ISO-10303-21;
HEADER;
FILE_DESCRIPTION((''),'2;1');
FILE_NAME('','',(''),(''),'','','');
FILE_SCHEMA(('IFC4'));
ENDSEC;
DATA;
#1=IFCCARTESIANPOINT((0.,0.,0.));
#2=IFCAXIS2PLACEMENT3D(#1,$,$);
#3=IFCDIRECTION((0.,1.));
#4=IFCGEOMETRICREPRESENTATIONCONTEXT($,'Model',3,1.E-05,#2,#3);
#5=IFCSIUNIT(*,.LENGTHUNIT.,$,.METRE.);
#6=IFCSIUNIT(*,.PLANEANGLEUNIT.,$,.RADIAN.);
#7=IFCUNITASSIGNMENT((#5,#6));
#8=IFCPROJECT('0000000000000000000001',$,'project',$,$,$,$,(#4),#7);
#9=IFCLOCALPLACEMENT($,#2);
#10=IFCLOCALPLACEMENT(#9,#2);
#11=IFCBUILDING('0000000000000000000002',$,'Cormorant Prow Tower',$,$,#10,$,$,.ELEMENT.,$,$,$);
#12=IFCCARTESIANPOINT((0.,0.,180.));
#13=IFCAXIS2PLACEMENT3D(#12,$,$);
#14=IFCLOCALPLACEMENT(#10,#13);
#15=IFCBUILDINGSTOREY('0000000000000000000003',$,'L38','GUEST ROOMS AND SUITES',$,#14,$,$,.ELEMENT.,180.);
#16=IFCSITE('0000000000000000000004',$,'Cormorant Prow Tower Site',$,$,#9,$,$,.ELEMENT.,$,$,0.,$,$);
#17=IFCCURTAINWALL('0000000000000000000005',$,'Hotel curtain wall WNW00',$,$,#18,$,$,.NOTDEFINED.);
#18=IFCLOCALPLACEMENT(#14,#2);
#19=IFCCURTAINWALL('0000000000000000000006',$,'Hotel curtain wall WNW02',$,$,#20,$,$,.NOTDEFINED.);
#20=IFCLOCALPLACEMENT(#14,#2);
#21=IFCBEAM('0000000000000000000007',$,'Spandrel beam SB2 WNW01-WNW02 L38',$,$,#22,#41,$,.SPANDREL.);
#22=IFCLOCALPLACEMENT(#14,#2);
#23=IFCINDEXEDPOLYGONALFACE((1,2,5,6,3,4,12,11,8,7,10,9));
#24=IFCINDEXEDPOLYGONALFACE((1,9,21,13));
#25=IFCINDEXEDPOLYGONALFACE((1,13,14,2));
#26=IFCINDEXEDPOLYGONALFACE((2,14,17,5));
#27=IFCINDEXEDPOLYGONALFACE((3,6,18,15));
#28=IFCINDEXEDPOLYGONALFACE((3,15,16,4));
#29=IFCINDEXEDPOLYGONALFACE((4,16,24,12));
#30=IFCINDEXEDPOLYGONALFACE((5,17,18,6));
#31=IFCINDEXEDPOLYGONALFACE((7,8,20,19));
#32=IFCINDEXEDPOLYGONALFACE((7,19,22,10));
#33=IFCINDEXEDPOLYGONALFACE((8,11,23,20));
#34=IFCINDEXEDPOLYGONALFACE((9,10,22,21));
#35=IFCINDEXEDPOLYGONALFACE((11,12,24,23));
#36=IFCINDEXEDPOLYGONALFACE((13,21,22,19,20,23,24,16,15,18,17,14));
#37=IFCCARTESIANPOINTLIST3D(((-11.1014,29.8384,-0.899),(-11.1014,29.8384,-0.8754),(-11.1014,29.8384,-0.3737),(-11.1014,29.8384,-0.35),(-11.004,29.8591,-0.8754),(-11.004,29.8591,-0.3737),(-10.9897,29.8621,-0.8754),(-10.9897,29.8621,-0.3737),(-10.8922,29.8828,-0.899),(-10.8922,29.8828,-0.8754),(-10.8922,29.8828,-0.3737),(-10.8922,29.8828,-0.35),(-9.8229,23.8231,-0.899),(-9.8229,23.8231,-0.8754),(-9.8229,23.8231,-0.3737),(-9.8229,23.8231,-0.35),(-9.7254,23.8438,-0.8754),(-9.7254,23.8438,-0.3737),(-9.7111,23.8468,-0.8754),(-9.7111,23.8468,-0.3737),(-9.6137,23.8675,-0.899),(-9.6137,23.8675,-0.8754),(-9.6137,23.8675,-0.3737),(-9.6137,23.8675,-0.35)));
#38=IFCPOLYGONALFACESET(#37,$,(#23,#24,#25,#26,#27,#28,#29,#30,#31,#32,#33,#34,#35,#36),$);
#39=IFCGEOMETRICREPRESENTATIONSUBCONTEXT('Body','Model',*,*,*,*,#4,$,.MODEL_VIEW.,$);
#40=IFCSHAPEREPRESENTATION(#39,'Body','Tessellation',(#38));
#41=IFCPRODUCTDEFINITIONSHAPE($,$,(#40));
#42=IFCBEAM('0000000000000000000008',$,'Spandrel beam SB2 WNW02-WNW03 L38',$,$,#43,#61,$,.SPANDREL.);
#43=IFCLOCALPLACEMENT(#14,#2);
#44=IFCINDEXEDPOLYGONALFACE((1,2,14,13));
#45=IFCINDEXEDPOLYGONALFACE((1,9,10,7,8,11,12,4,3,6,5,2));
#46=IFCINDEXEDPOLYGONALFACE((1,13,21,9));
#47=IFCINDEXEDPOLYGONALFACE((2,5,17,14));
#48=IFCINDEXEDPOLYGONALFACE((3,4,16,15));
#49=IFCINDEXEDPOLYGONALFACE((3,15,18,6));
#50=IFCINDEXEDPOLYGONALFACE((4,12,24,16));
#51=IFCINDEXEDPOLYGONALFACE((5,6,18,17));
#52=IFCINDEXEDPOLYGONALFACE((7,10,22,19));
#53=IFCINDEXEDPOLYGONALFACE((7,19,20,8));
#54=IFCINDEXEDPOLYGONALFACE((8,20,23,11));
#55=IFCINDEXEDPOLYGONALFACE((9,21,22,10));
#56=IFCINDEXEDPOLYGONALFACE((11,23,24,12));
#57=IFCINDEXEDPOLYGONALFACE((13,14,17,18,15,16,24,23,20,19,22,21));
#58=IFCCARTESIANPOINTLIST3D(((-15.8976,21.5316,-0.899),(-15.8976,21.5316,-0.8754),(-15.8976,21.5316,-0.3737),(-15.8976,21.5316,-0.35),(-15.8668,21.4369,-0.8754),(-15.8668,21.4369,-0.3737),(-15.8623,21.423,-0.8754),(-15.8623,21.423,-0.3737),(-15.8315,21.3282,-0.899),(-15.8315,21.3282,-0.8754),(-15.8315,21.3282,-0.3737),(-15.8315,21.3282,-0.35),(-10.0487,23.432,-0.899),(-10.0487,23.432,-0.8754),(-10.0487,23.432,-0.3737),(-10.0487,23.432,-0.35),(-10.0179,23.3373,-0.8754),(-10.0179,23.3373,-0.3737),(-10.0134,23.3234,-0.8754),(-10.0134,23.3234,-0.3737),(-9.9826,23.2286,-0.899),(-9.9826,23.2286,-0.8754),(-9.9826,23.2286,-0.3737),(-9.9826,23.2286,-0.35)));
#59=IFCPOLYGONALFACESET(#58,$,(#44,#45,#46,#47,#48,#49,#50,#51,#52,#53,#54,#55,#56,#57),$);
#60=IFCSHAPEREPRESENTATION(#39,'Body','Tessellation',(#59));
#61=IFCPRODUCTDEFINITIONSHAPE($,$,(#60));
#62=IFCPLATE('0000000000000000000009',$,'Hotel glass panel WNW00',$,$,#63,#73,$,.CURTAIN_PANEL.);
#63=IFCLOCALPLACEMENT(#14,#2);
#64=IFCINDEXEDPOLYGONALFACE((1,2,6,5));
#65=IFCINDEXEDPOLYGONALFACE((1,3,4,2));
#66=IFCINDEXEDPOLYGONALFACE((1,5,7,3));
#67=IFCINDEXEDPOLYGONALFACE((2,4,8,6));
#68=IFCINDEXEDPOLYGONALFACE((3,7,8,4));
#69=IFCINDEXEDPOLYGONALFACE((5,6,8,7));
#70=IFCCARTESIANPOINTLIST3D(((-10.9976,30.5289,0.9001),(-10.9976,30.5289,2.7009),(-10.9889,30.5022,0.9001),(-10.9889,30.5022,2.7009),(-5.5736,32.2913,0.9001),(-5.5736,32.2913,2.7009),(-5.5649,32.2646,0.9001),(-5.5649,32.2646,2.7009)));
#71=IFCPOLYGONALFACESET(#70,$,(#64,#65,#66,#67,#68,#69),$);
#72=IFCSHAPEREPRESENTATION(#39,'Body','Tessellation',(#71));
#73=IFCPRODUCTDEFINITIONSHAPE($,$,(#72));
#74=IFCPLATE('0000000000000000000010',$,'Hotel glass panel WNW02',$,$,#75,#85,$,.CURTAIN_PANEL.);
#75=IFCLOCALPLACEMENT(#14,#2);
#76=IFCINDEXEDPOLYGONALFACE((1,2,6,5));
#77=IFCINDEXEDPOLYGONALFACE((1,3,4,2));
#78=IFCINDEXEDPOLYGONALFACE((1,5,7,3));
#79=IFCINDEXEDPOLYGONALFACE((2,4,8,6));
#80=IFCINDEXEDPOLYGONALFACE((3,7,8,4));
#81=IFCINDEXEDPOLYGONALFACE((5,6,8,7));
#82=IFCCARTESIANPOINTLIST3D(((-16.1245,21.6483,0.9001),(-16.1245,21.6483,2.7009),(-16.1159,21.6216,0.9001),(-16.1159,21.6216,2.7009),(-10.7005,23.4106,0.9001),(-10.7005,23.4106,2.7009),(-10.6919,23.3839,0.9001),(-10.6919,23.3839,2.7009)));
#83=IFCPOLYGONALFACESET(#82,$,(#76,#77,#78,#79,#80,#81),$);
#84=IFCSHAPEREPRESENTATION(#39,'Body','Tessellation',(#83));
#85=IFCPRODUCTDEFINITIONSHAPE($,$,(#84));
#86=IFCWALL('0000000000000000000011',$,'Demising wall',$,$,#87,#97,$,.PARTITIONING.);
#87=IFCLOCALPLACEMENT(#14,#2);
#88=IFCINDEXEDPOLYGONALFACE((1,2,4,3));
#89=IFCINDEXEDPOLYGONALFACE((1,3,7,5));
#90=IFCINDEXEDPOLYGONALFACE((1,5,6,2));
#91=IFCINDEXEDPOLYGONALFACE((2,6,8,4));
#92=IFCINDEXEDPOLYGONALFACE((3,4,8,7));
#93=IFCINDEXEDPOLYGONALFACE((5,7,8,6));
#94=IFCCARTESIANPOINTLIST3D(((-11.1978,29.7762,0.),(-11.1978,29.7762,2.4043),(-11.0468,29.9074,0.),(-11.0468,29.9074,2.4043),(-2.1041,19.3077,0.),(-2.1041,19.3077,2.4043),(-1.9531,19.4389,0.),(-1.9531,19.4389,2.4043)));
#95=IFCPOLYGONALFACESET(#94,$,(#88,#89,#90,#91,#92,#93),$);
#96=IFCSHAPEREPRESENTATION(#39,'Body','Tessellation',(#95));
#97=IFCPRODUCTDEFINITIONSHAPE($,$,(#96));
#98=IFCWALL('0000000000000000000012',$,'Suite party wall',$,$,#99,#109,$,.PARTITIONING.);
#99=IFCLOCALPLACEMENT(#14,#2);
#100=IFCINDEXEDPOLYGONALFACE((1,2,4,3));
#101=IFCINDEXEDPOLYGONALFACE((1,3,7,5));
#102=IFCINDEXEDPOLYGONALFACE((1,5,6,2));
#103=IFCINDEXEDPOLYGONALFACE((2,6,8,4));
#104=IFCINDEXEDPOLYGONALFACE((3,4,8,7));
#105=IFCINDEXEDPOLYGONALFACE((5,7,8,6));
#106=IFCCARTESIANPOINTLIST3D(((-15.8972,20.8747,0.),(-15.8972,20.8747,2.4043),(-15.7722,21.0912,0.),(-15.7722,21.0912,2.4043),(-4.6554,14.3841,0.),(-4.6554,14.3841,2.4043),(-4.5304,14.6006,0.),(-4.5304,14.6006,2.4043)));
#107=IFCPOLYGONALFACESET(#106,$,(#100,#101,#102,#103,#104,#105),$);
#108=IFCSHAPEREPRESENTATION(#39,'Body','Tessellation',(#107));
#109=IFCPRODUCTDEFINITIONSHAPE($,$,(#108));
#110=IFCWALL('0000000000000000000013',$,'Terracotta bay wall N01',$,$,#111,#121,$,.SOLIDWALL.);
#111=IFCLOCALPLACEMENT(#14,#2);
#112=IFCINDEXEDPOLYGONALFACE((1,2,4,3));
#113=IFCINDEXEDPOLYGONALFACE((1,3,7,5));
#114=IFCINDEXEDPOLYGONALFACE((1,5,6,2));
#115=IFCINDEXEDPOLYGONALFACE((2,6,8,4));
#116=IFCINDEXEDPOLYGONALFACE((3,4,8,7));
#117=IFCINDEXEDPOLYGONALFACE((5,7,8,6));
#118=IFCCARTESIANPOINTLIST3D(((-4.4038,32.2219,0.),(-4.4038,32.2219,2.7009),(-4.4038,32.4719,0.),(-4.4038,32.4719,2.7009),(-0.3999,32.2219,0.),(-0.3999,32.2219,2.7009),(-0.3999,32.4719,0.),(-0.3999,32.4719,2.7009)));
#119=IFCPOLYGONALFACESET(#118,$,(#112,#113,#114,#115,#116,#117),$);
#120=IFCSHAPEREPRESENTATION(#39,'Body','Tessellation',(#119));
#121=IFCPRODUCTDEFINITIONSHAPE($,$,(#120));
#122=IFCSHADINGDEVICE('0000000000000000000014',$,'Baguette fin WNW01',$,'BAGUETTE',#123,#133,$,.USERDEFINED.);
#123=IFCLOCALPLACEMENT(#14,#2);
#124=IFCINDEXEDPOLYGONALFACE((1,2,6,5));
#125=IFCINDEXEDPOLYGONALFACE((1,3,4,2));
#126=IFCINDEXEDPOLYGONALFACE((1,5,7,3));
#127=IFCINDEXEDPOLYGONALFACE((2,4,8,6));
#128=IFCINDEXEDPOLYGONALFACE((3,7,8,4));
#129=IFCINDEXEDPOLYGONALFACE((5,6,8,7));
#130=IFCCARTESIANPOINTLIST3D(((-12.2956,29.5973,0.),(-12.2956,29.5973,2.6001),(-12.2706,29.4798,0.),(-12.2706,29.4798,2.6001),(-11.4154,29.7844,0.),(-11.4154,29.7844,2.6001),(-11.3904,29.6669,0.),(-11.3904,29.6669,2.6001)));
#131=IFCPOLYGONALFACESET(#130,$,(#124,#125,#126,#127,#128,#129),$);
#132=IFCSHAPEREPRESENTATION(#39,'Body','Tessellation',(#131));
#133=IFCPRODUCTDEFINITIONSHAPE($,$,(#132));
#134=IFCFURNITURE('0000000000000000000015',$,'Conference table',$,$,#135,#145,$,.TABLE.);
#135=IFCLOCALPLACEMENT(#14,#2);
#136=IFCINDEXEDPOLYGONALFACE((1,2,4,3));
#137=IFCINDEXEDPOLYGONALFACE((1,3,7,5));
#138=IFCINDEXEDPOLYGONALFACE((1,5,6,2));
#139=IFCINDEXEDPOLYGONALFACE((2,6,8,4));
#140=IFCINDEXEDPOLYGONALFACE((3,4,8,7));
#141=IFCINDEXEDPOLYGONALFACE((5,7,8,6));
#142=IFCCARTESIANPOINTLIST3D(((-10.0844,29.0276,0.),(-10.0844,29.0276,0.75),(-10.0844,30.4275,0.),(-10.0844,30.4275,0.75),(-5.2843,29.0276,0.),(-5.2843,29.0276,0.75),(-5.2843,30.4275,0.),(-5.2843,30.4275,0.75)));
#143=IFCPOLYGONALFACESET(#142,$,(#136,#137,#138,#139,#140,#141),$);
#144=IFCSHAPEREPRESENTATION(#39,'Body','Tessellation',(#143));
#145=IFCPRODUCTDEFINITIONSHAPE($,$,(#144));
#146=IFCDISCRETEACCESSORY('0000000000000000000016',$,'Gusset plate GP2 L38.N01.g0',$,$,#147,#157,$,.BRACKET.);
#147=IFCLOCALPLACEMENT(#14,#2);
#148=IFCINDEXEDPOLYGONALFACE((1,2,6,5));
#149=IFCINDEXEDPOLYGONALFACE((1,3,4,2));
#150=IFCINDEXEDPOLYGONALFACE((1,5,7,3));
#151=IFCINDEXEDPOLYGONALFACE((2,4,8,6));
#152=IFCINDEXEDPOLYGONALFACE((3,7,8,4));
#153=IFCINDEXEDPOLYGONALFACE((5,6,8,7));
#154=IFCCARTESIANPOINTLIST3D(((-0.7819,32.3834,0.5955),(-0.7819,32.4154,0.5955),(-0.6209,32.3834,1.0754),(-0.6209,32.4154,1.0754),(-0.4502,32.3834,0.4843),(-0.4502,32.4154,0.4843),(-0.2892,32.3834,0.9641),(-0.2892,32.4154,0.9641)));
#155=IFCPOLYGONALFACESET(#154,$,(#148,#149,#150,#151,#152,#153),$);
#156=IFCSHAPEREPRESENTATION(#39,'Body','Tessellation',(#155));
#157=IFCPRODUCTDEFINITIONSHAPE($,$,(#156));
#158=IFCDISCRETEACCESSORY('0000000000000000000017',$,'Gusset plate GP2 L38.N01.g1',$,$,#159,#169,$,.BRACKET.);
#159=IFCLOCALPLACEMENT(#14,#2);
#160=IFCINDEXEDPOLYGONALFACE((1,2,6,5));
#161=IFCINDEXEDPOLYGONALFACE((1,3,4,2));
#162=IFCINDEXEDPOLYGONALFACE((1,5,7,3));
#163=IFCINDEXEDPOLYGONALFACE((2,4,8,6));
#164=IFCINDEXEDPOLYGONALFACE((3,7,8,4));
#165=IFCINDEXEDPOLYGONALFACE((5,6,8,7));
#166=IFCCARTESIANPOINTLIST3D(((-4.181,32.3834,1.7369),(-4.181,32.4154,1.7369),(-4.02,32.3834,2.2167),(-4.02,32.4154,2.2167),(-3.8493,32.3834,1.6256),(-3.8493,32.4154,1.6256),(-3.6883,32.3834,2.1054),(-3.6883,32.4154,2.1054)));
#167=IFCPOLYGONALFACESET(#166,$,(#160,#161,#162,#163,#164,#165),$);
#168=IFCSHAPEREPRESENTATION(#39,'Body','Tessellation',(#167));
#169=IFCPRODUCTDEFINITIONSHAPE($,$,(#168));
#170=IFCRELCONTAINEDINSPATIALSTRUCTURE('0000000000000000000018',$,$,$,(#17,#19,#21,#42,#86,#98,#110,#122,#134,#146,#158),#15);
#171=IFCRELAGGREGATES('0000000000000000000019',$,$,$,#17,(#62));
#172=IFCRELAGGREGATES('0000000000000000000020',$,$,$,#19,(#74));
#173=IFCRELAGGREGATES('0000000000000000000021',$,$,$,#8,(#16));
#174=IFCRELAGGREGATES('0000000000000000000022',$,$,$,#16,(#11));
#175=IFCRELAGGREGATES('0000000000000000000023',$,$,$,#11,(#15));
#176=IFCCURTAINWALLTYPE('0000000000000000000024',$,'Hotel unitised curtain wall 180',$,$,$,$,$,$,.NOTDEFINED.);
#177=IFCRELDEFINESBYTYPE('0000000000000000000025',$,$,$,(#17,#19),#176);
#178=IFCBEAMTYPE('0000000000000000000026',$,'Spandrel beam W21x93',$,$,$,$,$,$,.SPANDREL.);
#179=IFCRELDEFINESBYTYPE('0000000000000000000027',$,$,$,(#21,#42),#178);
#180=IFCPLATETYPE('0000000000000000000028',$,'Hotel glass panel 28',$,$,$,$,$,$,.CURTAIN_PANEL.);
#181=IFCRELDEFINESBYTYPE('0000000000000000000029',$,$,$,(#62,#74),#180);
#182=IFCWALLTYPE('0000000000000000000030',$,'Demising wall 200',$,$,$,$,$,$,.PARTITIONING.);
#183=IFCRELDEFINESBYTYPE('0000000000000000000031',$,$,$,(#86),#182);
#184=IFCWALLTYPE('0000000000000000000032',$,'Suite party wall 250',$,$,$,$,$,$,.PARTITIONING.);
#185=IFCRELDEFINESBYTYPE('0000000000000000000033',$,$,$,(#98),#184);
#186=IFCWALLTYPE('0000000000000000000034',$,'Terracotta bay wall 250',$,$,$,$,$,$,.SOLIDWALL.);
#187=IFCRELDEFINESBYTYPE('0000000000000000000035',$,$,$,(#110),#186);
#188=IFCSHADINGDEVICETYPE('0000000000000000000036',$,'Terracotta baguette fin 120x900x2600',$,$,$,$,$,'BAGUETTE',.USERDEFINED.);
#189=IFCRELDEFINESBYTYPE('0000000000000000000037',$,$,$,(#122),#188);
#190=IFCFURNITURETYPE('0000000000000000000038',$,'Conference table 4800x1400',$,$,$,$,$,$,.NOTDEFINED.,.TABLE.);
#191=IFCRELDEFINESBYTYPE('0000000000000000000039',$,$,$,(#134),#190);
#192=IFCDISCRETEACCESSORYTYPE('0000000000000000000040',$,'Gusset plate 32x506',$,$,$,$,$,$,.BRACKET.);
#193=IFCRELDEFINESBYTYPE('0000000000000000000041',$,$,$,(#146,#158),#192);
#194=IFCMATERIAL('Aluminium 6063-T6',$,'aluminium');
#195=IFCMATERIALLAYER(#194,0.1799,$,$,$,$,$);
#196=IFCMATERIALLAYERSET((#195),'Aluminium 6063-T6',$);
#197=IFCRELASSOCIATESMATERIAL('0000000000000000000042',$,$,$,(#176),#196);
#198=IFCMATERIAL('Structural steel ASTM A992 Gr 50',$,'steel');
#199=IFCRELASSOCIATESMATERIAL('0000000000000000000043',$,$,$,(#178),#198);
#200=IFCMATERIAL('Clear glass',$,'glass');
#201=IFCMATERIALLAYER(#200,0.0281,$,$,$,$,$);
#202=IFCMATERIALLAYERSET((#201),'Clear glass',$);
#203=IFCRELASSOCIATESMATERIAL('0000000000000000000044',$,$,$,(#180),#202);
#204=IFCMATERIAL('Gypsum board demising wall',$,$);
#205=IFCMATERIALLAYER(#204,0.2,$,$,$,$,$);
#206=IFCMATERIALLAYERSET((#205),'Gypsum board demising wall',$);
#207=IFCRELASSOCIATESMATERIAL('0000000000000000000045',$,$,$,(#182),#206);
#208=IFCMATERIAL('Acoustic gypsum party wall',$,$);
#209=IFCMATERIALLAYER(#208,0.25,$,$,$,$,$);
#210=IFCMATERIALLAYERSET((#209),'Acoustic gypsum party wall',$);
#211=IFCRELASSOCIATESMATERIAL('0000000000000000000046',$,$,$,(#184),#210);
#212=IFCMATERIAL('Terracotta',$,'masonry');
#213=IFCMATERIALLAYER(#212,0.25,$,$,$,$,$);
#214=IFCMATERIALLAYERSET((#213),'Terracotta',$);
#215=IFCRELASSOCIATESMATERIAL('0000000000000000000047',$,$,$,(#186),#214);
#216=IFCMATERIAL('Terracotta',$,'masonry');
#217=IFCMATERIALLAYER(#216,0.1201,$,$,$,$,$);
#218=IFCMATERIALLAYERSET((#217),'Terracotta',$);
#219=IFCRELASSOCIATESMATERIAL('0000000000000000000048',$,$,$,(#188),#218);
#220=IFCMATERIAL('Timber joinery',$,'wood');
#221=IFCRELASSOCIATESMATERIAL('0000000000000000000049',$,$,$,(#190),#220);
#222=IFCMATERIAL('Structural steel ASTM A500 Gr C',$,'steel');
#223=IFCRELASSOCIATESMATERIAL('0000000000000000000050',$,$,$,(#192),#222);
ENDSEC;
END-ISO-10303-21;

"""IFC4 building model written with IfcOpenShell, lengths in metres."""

from ifc_helpers import new_model, si_unit, direction, frame, frame_2d, origin, origin_2d, place, context, subcontext, project, spatial, rectangle, i_section, extrude, material, layer, layer_set, material_profile, profile_set, type_object, element, aggregate, save


model = new_model("IFC4")

# Units and contexts
model_context = context("Model", 3, precision=1e-05, world=origin(), true_north=direction((0.0, 1.0)))
body_context = subcontext(model_context, "Body", "Model", "MODEL_VIEW")
ifc_project = project(units=[si_unit("LENGTHUNIT", "METRE"), si_unit("PLANEANGLEUNIT", "RADIAN")], contexts=[model_context])

# Site, building, storey
site_placement = place(None, origin())
site = spatial("IfcSite", under=ifc_project, at=site_placement, Name="Cormorant Prow Tower Site", CompositionType="ELEMENT", RefElevation=0.0)
building_placement = place(site_placement, origin())
building = spatial("IfcBuilding", under=site, at=building_placement, Name="Cormorant Prow Tower", CompositionType="ELEMENT")
storey_placement = place(building_placement, frame((0.0, 0.0, 180.0)))
storey = spatial("IfcBuildingStorey", under=building, at=storey_placement, Name="L38", Description="GUEST ROOMS AND SUITES", CompositionType="ELEMENT", Elevation=180.0)

# Curtain walls
ifc_material_1 = material(Name="Aluminium 6063-T6", Category="aluminium")
ifc_layer_1 = layer(ifc_material_1, 0.1799)
ifc_layer_set_1 = layer_set([ifc_layer_1], Name="Aluminium 6063-T6")
curtain_wall_type = type_object("IfcCurtainWallType", Name="Hotel unitised curtain wall 180", PredefinedType="NOTDEFINED", material=ifc_layer_set_1)
curtain_wall_1_placement = place(storey_placement, origin())
curtain_wall_1 = element("IfcCurtainWall", 1, at=curtain_wall_1_placement, inside=storey, type_object=curtain_wall_type, Name="Hotel curtain wall WNW00", PredefinedType="NOTDEFINED")
curtain_wall_2_placement = place(storey_placement, origin())
curtain_wall_2 = element("IfcCurtainWall", 2, at=curtain_wall_2_placement, inside=storey, type_object=curtain_wall_type, Name="Hotel curtain wall WNW02", PredefinedType="NOTDEFINED")

# Beams
ifc_material_2 = material(Name="Structural steel ASTM A992 Gr 50", Category="steel")
ifc_material_profile_1 = material_profile(ifc_material_2, i_section(OverallWidth=0.2139, OverallDepth=0.5491, WebThickness=0.0146, FlangeThickness=0.0237, at=origin_2d()), Name="W21x93")
ifc_profile_set_1 = profile_set([ifc_material_profile_1], Name="Structural steel ASTM A992 Gr 50")
beam_type = type_object("IfcBeamType", Name="Spandrel beam W21x93", PredefinedType="SPANDREL", material=ifc_profile_set_1)
beam_1_placement = place(storey_placement, frame((-10.9968, 29.8606, -0.6245), z_axis=(0.207905, -0.978149, 0.0), x_axis=(0.978149, 0.207905, 0.0)))
element("IfcBeam", 3, at=beam_1_placement, inside=storey, type_object=beam_type, Name="Spandrel beam SB2 WNW01-WNW02 L38", PredefinedType="SPANDREL", context=body_context, shape_type="SweptSolid", body=[
    extrude(i_section(OverallWidth=0.2139, OverallDepth=0.5491, WebThickness=0.0146, FlangeThickness=0.0237, at=origin_2d()), origin(), (0.0, 0.0, 1.0), 6.1497),
])
beam_2_placement = place(storey_placement, frame((-10.0156, 23.3303, -0.6245), z_axis=(-0.951058, -0.309013, 0.0), x_axis=(0.309013, -0.951058, 0.0)))
element("IfcBeam", 4, at=beam_2_placement, inside=storey, type_object=beam_type, Name="Spandrel beam SB2 WNW02-WNW03 L38", PredefinedType="SPANDREL", context=body_context, shape_type="SweptSolid", body=[
    extrude(i_section(OverallWidth=0.2139, OverallDepth=0.5491, WebThickness=0.0146, FlangeThickness=0.0237, at=origin_2d()), origin(), (0.0, 0.0, 1.0), 6.1499),
])

# Plates
ifc_material_3 = material(Name="Clear glass", Category="glass")
ifc_layer_2 = layer(ifc_material_3, 0.0281)
ifc_layer_set_2 = layer_set([ifc_layer_2], Name="Clear glass")
plate_type = type_object("IfcPlateType", Name="Hotel glass panel 28", PredefinedType="CURTAIN_PANEL", material=ifc_layer_set_2)
plate_1_placement = place(storey_placement, frame((-8.2812, 31.3967, 0.9001), z_axis=(0.0, 0.0, 1.0), x_axis=(-0.951057, -0.309017, 0.0)))
plate_1 = element("IfcPlate", 5, at=plate_1_placement, type_object=plate_type, Name="Hotel glass panel WNW00", PredefinedType="CURTAIN_PANEL", context=body_context, shape_type="SweptSolid", body=[
    extrude(rectangle(XDim=5.7031, YDim=0.0281, at=origin_2d()), origin(), (0.0, 0.0, 1.0), 1.8008),
])
aggregate(curtain_wall_1, [plate_1])
plate_2_placement = place(storey_placement, frame((-13.4082, 22.5161, 0.9001), z_axis=(0.0, 0.0, 1.0), x_axis=(-0.951057, -0.309017, 0.0)))
plate_2 = element("IfcPlate", 6, at=plate_2_placement, type_object=plate_type, Name="Hotel glass panel WNW02", PredefinedType="CURTAIN_PANEL", context=body_context, shape_type="SweptSolid", body=[
    extrude(rectangle(XDim=5.7031, YDim=0.0281, at=origin_2d()), origin(), (0.0, 0.0, 1.0), 1.8008),
])
aggregate(curtain_wall_2, [plate_2])

# Walls
ifc_material_4 = material(Name="Gypsum board demising wall")
ifc_layer_3 = layer(ifc_material_4, 0.2)
ifc_layer_set_3 = layer_set([ifc_layer_3], Name="Gypsum board demising wall")
wall_type_1 = type_object("IfcWallType", Name="Demising wall 200", PredefinedType="PARTITIONING", material=ifc_layer_set_3)
wall_1_placement = place(storey_placement, frame((-11.1223, 29.8418, 0.0), z_axis=(0.0, 0.0, 1.0), x_axis=(0.655797, -0.754937, 0.0)))
element("IfcWall", 7, at=wall_1_placement, inside=storey, type_object=wall_type_1, Name="Demising wall", PredefinedType="PARTITIONING", context=body_context, shape_type="SweptSolid", body=[
    extrude(rectangle(XDim=13.8667, YDim=0.2, at=frame_2d((6.9333, 0.0))), origin(), (0.0, 0.0, 1.0), 2.4043),
])
ifc_material_5 = material(Name="Acoustic gypsum party wall")
ifc_layer_4 = layer(ifc_material_5, 0.25)
ifc_layer_set_4 = layer_set([ifc_layer_4], Name="Acoustic gypsum party wall")
wall_type_2 = type_object("IfcWallType", Name="Suite party wall 250", PredefinedType="PARTITIONING", material=ifc_layer_set_4)
wall_2_placement = place(storey_placement, frame((-15.8347, 20.9829, 0.0), z_axis=(0.0, 0.0, 1.0), x_axis=(0.866023, -0.500005, 0.0)))
element("IfcWall", 8, at=wall_2_placement, inside=storey, type_object=wall_type_2, Name="Suite party wall", PredefinedType="PARTITIONING", context=body_context, shape_type="SweptSolid", body=[
    extrude(rectangle(XDim=12.981, YDim=0.25, at=frame_2d((6.4905, 0.0))), origin(), (0.0, 0.0, 1.0), 2.4043),
])
ifc_material_6 = material(Name="Terracotta", Category="masonry")
ifc_layer_5 = layer(ifc_material_6, 0.25)
ifc_layer_set_5 = layer_set([ifc_layer_5], Name="Terracotta")
wall_type_3 = type_object("IfcWallType", Name="Terracotta bay wall 250", PredefinedType="SOLIDWALL", material=ifc_layer_set_5)
wall_3_placement = place(storey_placement, frame((-0.3999, 32.3469, 0.0), z_axis=(0.0, 0.0, 1.0), x_axis=(-1.0, 0.0, 0.0)))
element("IfcWall", 9, at=wall_3_placement, inside=storey, type_object=wall_type_3, Name="Terracotta bay wall N01", PredefinedType="SOLIDWALL", context=body_context, shape_type="SweptSolid", body=[
    extrude(rectangle(XDim=4.0039, YDim=0.25, at=frame_2d((2.002, 0.0))), origin(), (0.0, 0.0, 1.0), 2.7009),
])

# Shading device
ifc_material_7 = material(Name="Terracotta", Category="masonry")
ifc_layer_6 = layer(ifc_material_7, 0.1201)
ifc_layer_set_6 = layer_set([ifc_layer_6], Name="Terracotta")
shading_device_type = type_object("IfcShadingDeviceType", Name="Terracotta baguette fin 120x900x2600", ElementType="BAGUETTE", PredefinedType="USERDEFINED", material=ifc_layer_set_6)
shading_device_placement = place(storey_placement, frame((-11.843, 29.6321, 0.0), z_axis=(0.0, 0.0, 1.0), x_axis=(0.207912, -0.978148, 0.0)))
element("IfcShadingDevice", 10, at=shading_device_placement, inside=storey, type_object=shading_device_type, Name="Baguette fin WNW01", ObjectType="BAGUETTE", PredefinedType="USERDEFINED", context=body_context, shape_type="SweptSolid", body=[
    extrude(rectangle(XDim=0.1201, YDim=0.8999, at=origin_2d()), origin(), (0.0, 0.0, 1.0), 2.6001),
])

# Furniture
ifc_material_8 = material(Name="Timber joinery", Category="wood")
furniture_type = type_object("IfcFurnitureType", Name="Conference table 4800x1400", AssemblyPlace="NOTDEFINED", PredefinedType="TABLE", material=ifc_material_8)
furniture_placement = place(storey_placement, frame((-7.6843, 29.7275, 0.0), z_axis=(0.0, 0.0, 1.0), x_axis=(1.0, 0.0, 0.0)))
element("IfcFurniture", 11, at=furniture_placement, inside=storey, type_object=furniture_type, Name="Conference table", PredefinedType="TABLE", context=body_context, shape_type="SweptSolid", body=[
    extrude(rectangle(XDim=4.8, YDim=1.3999, at=origin_2d()), origin(), (0.0, 0.0, 1.0), 0.75),
])

# Discrete accessories
ifc_material_9 = material(Name="Structural steel ASTM A500 Gr C", Category="steel")
ifc_material_profile_2 = material_profile(ifc_material_9, rectangle(XDim=0.032, YDim=0.5061, at=origin_2d()), Name="Gusset plate 32x506")
ifc_profile_set_2 = profile_set([ifc_material_profile_2], Name="Structural steel ASTM A500 Gr C")
discrete_accessory_type = type_object("IfcDiscreteAccessoryType", Name="Gusset plate 32x506", PredefinedType="BRACKET", material=ifc_profile_set_2)
for number, where, z_axis, x_axis, name in (
    (12, (-0.7014, 32.3994, 0.8354), (0.948054, 0.0, -0.318111), (0.0, 1.0, 0.0), "Gusset plate GP2 L38.N01.g0"),
    (13, (-3.7688, 32.3994, 1.8655), (-0.948054, 0.0, 0.318111), (0.0, -1.0, 0.0), "Gusset plate GP2 L38.N01.g1"),
):
    element("IfcDiscreteAccessory", number, at=place(storey_placement, frame(where, z_axis=z_axis, x_axis=x_axis)), inside=storey, type_object=discrete_accessory_type, Name=name, PredefinedType="BRACKET", context=body_context, shape_type="SweptSolid", body=[
        extrude(rectangle(XDim=0.032, YDim=0.5061, at=origin_2d()), origin(), (0.0, 0.0, 1.0), 0.3499),
    ])

save(model, "model.ifc")
